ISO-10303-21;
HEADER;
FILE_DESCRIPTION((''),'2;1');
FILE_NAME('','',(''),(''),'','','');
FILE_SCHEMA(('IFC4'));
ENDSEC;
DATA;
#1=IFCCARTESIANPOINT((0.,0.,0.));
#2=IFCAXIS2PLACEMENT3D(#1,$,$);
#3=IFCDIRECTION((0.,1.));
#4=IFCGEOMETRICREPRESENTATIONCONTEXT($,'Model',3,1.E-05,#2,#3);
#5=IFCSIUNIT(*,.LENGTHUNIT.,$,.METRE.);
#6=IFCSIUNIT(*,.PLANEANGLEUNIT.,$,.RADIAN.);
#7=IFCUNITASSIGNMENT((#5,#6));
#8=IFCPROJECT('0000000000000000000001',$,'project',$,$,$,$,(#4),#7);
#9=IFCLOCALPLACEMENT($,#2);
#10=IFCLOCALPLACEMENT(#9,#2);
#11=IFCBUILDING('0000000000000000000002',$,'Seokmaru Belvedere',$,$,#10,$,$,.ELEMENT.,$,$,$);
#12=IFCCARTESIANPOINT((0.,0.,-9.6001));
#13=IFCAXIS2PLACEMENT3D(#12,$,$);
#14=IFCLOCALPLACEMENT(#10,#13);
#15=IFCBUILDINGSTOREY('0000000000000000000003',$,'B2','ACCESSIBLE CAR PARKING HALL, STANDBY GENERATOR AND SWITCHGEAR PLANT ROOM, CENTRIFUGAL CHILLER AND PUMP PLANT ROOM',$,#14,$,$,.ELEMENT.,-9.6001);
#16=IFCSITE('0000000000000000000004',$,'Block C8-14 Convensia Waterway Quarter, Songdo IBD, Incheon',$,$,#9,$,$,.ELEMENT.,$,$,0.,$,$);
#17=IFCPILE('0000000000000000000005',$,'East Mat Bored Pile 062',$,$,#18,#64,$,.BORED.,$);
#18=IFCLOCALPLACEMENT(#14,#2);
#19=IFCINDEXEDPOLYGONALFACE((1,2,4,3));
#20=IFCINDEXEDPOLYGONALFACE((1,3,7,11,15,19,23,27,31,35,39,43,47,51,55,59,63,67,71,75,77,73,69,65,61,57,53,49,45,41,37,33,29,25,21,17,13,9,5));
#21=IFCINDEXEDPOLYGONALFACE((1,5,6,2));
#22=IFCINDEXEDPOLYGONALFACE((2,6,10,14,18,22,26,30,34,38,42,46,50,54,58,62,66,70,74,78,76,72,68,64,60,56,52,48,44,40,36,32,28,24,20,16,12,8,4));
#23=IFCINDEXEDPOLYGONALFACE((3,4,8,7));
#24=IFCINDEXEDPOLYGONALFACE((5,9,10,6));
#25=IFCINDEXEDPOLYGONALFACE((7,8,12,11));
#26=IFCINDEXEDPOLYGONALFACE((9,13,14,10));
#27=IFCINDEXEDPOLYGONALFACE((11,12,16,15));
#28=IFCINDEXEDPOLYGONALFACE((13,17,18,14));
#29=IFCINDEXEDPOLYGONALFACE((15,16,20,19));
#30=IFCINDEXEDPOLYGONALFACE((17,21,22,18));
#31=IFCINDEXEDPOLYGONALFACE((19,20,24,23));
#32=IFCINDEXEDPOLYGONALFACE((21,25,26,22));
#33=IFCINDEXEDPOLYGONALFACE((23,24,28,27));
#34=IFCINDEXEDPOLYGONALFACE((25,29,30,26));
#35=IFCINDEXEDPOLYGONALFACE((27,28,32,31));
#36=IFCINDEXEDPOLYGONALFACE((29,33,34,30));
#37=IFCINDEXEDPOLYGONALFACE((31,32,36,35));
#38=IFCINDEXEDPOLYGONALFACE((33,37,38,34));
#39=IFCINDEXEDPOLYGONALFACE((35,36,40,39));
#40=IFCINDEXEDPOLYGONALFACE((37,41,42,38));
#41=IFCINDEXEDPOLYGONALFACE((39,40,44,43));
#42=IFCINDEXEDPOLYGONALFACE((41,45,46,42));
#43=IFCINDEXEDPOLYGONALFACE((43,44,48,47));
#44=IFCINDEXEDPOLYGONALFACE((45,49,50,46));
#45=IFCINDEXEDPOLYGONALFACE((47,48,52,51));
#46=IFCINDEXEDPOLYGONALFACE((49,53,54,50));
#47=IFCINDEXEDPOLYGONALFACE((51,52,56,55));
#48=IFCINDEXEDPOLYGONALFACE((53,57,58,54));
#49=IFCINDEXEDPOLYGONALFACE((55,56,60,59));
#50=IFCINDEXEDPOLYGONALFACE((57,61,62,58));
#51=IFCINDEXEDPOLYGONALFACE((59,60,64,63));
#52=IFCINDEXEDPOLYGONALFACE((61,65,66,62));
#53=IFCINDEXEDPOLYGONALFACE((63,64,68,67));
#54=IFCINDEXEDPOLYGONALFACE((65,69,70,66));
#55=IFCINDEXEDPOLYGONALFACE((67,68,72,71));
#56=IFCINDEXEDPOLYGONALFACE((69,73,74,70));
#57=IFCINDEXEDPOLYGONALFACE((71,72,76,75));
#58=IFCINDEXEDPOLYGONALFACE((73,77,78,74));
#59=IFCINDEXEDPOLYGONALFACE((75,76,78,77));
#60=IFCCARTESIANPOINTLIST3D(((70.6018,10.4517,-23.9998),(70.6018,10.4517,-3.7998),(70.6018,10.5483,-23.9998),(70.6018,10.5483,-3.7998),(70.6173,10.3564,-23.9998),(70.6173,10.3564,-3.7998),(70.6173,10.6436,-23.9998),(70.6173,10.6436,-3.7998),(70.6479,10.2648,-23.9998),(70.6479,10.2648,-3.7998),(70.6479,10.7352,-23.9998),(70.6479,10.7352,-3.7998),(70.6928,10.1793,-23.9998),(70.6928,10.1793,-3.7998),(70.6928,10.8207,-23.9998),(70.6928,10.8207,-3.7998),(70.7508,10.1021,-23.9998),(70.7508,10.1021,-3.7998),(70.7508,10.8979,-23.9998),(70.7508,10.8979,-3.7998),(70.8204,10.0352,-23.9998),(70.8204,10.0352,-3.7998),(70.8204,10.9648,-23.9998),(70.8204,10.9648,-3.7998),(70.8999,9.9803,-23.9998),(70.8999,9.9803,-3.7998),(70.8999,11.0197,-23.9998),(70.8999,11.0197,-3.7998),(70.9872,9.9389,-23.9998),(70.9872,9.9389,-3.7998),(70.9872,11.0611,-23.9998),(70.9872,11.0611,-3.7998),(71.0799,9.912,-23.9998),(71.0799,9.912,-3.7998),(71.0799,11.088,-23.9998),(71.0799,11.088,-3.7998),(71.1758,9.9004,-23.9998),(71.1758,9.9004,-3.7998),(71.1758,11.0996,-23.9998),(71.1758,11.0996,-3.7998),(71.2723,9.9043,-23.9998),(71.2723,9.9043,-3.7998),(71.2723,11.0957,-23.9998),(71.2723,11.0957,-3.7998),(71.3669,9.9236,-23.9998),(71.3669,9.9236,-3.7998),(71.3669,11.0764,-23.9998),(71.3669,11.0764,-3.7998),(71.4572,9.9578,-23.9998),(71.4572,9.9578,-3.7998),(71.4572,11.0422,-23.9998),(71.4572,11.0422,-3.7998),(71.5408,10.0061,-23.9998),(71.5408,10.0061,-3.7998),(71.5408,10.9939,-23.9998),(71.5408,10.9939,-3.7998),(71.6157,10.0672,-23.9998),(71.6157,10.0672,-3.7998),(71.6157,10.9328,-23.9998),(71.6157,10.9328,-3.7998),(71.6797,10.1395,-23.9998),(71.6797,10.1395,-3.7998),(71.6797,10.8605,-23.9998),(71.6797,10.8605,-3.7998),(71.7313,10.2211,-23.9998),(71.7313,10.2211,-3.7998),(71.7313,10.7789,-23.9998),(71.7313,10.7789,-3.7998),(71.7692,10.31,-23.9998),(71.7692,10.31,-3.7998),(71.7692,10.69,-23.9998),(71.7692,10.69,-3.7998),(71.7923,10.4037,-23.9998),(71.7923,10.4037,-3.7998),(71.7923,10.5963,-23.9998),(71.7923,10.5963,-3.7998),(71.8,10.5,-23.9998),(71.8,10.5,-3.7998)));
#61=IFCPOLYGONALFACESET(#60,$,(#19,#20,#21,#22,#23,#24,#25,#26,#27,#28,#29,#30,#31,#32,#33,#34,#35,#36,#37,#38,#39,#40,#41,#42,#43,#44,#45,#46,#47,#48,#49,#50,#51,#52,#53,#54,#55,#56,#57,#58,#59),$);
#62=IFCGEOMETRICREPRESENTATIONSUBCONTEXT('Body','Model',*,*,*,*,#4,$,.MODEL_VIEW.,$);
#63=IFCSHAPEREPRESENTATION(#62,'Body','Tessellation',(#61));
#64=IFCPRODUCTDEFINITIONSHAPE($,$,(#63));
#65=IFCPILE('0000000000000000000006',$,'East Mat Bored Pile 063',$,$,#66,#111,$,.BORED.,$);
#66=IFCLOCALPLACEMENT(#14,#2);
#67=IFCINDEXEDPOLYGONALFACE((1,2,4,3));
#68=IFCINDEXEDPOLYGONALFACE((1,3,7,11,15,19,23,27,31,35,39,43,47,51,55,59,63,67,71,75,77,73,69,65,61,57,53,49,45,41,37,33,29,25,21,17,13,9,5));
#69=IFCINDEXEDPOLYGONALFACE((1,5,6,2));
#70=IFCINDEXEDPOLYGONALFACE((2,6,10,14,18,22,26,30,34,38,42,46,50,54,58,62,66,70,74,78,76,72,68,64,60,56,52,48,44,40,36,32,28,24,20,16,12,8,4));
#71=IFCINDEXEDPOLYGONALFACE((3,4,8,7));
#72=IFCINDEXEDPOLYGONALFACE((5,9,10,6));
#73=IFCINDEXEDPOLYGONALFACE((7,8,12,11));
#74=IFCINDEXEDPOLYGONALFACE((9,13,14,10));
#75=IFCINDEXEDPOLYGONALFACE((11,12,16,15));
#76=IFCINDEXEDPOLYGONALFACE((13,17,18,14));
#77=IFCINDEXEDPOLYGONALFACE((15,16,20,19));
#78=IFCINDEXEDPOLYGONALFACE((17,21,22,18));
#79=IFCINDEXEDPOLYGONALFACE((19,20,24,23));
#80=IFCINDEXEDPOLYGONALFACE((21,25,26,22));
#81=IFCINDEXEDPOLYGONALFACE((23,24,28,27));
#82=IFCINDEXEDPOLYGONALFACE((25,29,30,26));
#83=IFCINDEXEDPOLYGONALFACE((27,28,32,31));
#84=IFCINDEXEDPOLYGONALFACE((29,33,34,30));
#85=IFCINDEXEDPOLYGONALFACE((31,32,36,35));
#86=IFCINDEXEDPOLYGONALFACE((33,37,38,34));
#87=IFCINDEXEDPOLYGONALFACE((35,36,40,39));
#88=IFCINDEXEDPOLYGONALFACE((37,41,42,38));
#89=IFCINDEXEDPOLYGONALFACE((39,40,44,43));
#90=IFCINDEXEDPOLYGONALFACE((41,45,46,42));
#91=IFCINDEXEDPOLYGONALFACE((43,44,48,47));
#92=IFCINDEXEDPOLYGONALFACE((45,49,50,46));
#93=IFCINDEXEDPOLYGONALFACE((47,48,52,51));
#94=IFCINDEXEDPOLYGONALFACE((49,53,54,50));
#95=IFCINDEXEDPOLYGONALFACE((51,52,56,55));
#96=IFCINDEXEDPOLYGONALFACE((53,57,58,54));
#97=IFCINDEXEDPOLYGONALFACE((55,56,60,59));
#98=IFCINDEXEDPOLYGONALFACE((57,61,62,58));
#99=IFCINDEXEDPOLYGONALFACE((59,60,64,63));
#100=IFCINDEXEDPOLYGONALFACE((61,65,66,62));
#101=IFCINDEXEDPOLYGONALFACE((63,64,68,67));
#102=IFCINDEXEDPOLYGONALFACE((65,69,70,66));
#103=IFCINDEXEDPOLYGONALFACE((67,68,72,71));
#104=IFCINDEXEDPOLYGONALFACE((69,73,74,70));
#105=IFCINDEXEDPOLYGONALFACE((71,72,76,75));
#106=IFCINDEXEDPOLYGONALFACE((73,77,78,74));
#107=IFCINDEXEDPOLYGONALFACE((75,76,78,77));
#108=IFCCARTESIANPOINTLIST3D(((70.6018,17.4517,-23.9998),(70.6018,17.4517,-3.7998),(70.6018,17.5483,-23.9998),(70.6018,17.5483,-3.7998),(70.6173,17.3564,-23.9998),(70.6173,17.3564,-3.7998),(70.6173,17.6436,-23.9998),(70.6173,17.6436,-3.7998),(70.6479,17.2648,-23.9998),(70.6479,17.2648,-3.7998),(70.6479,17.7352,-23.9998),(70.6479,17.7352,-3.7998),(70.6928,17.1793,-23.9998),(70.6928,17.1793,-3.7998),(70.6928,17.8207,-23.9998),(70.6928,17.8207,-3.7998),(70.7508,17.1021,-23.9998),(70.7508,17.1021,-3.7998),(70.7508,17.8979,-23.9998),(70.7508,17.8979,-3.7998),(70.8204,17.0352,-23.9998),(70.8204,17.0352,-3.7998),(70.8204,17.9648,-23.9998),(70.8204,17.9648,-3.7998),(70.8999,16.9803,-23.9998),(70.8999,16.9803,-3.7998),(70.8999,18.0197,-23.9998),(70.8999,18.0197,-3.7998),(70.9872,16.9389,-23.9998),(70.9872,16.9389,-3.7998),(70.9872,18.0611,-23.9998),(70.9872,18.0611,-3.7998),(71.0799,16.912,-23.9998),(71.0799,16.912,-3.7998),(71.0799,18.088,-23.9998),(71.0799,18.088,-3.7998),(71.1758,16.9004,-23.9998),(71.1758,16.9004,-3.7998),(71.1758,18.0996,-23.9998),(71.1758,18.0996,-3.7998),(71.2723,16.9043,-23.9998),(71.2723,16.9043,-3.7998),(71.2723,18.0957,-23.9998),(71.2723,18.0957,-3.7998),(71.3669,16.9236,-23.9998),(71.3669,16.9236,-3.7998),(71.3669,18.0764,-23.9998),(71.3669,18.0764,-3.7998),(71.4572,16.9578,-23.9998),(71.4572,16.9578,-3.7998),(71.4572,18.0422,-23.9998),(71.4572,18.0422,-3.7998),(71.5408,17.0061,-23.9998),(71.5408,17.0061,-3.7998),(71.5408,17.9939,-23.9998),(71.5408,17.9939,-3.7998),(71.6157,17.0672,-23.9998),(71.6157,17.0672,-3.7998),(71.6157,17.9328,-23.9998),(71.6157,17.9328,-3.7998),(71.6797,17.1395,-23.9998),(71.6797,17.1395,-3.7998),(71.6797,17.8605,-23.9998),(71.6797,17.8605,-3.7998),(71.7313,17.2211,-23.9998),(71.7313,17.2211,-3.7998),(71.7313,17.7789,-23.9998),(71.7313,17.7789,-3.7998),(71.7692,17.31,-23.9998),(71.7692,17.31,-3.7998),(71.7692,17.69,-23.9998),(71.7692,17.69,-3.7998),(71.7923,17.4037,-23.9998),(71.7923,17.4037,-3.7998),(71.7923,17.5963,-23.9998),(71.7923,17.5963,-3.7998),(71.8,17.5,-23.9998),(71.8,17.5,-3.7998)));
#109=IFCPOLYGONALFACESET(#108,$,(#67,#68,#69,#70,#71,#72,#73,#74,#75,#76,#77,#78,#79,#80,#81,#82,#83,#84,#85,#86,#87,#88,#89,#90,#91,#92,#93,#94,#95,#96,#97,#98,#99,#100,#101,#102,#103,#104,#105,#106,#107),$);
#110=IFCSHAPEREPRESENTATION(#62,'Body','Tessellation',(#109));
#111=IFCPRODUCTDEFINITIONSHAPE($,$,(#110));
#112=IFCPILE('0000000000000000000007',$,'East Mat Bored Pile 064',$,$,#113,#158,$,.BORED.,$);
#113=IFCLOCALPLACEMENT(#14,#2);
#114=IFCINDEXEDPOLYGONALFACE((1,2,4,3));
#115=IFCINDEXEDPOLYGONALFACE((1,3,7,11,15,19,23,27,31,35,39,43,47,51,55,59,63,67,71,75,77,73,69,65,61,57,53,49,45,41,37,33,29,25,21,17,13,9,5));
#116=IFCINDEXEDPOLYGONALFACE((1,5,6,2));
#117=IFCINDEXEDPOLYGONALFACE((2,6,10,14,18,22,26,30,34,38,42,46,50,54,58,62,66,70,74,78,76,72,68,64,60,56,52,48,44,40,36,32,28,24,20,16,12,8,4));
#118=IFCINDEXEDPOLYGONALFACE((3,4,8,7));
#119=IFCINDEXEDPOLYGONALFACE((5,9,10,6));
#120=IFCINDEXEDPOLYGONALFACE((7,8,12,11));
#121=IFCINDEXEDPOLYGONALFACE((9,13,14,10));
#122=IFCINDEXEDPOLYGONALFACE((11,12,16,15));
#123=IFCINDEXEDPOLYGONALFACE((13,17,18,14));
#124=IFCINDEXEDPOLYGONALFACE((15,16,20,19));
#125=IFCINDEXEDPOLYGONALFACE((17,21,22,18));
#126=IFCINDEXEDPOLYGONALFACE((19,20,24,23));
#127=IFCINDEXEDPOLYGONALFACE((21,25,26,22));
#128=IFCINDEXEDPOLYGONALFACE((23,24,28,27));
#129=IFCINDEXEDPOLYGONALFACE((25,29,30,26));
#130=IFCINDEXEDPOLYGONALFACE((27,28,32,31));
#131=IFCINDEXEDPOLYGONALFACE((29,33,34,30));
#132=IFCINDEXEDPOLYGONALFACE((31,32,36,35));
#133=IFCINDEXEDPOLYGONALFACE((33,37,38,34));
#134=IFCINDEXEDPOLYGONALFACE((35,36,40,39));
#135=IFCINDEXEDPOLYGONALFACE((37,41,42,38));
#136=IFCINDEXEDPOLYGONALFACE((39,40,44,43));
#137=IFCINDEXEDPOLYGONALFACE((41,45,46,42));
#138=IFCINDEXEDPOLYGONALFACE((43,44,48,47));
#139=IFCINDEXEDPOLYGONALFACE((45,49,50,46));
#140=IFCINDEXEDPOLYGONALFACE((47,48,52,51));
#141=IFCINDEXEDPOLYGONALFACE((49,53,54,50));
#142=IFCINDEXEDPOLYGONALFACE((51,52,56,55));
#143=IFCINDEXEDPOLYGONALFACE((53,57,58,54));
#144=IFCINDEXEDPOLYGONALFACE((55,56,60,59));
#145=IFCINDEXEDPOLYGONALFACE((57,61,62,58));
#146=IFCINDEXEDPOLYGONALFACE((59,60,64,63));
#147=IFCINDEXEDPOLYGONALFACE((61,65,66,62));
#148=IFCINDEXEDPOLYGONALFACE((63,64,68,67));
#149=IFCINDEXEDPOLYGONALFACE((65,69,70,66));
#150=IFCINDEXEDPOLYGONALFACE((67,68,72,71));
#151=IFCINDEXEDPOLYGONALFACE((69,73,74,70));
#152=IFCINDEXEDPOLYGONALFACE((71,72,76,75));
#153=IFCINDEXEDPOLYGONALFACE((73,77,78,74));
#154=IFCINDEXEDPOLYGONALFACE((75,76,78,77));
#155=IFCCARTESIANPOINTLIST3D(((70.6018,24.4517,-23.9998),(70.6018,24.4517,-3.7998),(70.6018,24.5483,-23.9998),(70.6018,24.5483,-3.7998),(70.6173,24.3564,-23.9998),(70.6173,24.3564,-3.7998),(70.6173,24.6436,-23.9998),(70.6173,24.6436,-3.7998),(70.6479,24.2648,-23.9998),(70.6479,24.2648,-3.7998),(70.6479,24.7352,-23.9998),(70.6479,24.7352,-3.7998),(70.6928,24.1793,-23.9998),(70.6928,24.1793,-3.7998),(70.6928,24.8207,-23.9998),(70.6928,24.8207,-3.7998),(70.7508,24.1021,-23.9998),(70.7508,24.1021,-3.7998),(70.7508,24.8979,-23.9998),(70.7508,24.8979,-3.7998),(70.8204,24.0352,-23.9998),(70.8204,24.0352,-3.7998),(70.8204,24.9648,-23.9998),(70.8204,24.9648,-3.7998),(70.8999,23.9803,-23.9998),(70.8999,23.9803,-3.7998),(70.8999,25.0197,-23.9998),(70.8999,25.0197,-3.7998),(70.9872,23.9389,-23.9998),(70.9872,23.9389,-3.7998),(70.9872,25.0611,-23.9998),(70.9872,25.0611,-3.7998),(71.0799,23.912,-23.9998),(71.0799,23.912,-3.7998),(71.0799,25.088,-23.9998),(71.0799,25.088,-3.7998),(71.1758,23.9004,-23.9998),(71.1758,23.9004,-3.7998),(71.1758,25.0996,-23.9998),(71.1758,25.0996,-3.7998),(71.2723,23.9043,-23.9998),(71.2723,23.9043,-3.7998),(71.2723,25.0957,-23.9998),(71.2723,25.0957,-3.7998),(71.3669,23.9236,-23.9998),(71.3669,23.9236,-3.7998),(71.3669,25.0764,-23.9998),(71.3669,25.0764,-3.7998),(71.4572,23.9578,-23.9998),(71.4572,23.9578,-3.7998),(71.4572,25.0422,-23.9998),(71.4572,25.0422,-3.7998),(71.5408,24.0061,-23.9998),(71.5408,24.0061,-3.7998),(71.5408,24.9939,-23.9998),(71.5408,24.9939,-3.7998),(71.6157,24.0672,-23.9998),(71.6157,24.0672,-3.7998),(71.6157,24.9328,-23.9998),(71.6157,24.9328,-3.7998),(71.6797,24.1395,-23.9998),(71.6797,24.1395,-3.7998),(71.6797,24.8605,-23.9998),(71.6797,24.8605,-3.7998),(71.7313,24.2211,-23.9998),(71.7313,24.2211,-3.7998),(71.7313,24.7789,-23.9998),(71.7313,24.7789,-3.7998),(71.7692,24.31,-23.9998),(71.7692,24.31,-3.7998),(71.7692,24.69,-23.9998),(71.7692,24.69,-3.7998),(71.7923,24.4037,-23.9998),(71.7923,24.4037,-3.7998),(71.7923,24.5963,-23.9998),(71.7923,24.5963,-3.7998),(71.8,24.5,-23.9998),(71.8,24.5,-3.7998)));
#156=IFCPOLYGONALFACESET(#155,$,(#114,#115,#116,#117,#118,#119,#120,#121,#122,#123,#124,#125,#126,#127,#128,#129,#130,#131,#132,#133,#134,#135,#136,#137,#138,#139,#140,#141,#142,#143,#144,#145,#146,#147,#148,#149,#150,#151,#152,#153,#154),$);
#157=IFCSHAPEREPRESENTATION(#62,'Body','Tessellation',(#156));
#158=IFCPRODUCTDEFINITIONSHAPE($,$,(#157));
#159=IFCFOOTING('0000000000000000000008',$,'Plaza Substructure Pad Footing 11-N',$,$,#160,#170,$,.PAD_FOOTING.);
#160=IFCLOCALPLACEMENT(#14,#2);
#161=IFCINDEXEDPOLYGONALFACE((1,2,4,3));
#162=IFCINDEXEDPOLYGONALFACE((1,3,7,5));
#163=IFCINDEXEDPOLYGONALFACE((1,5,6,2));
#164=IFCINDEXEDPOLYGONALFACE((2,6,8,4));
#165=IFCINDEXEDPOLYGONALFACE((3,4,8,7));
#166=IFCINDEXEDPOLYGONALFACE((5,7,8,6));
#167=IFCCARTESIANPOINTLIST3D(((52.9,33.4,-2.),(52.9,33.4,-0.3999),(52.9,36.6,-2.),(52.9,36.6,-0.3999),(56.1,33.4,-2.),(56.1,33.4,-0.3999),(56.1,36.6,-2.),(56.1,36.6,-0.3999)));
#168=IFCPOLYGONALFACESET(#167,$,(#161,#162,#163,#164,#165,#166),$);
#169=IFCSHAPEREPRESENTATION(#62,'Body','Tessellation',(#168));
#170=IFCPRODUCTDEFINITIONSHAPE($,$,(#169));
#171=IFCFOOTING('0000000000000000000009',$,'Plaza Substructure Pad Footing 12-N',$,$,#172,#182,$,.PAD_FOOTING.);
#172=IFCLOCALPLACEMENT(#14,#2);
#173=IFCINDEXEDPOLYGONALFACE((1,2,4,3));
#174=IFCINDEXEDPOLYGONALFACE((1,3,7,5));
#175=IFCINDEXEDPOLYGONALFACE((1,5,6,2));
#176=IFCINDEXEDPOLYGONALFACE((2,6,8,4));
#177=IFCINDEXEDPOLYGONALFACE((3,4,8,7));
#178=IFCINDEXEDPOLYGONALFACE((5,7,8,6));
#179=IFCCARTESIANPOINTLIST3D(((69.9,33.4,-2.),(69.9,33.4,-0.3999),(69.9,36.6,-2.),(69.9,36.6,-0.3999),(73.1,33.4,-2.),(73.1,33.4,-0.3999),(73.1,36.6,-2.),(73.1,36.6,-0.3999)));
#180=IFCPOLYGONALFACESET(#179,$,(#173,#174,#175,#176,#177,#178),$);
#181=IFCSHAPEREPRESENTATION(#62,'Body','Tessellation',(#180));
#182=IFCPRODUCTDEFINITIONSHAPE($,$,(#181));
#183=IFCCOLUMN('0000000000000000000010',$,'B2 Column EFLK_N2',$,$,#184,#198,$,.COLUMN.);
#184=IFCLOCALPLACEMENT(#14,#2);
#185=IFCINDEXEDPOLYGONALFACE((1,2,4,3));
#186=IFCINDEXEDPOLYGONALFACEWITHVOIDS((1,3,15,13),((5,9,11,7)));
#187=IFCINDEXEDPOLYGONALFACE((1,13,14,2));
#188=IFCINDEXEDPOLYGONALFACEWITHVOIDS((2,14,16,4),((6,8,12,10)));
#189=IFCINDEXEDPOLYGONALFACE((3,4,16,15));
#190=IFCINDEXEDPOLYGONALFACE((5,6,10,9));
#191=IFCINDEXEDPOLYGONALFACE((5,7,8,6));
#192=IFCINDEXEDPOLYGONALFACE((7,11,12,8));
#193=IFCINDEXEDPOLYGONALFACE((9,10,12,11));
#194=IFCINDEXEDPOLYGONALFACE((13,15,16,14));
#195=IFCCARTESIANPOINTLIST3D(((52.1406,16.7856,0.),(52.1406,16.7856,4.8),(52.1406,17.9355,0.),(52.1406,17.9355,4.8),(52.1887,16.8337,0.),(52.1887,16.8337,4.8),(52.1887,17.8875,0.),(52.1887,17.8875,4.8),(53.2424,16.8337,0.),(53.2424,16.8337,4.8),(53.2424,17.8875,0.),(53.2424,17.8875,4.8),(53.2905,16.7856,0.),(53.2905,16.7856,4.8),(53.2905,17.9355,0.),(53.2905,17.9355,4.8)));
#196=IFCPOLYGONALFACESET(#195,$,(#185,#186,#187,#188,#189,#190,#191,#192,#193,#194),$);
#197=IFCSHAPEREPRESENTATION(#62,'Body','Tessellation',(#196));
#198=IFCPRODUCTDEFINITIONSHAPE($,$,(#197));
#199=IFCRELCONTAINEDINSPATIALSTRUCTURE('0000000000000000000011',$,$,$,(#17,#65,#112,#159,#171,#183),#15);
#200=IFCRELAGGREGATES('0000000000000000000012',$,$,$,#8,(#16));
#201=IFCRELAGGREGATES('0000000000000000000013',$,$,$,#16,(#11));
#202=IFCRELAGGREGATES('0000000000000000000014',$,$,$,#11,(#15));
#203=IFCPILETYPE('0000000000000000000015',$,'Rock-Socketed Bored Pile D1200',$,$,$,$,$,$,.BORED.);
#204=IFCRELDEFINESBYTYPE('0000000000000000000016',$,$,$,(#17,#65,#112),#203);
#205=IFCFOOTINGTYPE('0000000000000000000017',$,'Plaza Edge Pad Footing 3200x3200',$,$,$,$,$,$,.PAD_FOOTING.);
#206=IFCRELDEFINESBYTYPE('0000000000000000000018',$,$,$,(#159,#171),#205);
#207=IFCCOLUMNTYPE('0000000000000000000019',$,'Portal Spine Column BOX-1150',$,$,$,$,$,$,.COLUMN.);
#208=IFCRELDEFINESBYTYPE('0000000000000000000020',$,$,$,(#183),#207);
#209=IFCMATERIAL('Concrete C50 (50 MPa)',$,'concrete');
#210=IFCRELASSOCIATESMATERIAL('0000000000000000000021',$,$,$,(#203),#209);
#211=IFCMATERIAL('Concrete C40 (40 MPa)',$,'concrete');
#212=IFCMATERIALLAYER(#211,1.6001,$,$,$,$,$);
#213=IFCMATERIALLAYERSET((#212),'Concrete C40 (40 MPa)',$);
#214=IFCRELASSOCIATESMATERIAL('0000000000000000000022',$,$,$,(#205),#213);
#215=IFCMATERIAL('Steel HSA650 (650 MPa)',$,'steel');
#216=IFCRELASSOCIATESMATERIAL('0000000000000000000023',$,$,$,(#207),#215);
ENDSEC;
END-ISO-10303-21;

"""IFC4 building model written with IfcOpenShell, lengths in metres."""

from ifc_helpers import new_model, si_unit, direction, frame, origin, origin_2d, place, context, subcontext, project, spatial, rectangle, hollow_rectangle, circle, extrude, source, transform, mapped, material, layer, layer_set, material_profile, profile_set, type_object, type_shapes, element, save


model = new_model("IFC4")

# Units and contexts
model_context = context("Model", 3, precision=1e-05, world=origin(), true_north=direction((0.0, 1.0)))
body_context = subcontext(model_context, "Body", "Model", "MODEL_VIEW")
ifc_project = project(units=[si_unit("LENGTHUNIT", "METRE"), si_unit("PLANEANGLEUNIT", "RADIAN")], contexts=[model_context])

# Site, building, storey
site_placement = place(None, origin())
site = spatial("IfcSite", under=ifc_project, at=site_placement, Name="Block C8-14 Convensia Waterway Quarter, Songdo IBD, Incheon", CompositionType="ELEMENT", RefElevation=0.0)
building_placement = place(site_placement, origin())
building = spatial("IfcBuilding", under=site, at=building_placement, Name="Seokmaru Belvedere", CompositionType="ELEMENT")
storey_placement = place(building_placement, frame((0.0, 0.0, -9.6001)))
storey = spatial("IfcBuildingStorey", under=building, at=storey_placement, Name="B2", Description="ACCESSIBLE CAR PARKING HALL, STANDBY GENERATOR AND SWITCHGEAR PLANT ROOM, CENTRIFUGAL CHILLER AND PUMP PLANT ROOM", CompositionType="ELEMENT", Elevation=-9.6001)

# Piles
ifc_material_1 = material(Name="Concrete C50 (50 MPa)", Category="concrete")
ifc_material_profile_1 = material_profile(ifc_material_1, circle(Radius=0.6001, at=origin_2d()), Name="PILE-D1200")
ifc_profile_set_1 = profile_set([ifc_material_profile_1], Name="Concrete C50 (50 MPa)")
pile_type_1 = type_object("IfcPileType", Name="Rock-Socketed Bored Pile D1200", PredefinedType="BORED", material=ifc_profile_set_1)
shared_shape_1 = source(origin(), body_context, "Body", "SweptSolid", [
    extrude(circle(Radius=0.6001, at=origin_2d()), origin(), (0.0, 0.0, 1.0), 20.2),
])
type_shapes(pile_type_1, [shared_shape_1])
for number, where, z_axis, x_axis, name in (
    (1, (71.2, 10.5, -3.7998), (0.0, 0.0, -1.0), (1.0, 0.0, 0.0), "East Mat Bored Pile 062"),
    (2, (71.2, 17.5, -3.7998), (0.0, 0.0, -1.0), (1.0, 0.0, 0.0), "East Mat Bored Pile 063"),
    (3, (71.2, 24.5, -3.7998), (0.0, 0.0, -1.0), (1.0, 0.0, 0.0), "East Mat Bored Pile 064"),
):
    element("IfcPile", number, at=place(storey_placement, frame(where, z_axis=z_axis, x_axis=x_axis)), inside=storey, type_object=pile_type_1, Name=name, PredefinedType="BORED", context=body_context, shape_type="MappedRepresentation", body=[
        mapped(shared_shape_1, transform((0.0, 0.0, 0.0), scale=1.0)),
    ])

# Footings
ifc_material_2 = material(Name="Concrete C40 (40 MPa)", Category="concrete")
ifc_layer_1 = layer(ifc_material_2, 1.6001)
ifc_layer_set_1 = layer_set([ifc_layer_1], Name="Concrete C40 (40 MPa)")
footing_type = type_object("IfcFootingType", Name="Plaza Edge Pad Footing 3200x3200", PredefinedType="PAD_FOOTING", material=ifc_layer_set_1)
shared_shape_2 = source(origin(), body_context, "Body", "SweptSolid", [
    extrude(rectangle(XDim=3.2, YDim=3.2, at=origin_2d()), origin(), (0.0, 0.0, 1.0), 1.6001),
])
type_shapes(footing_type, [shared_shape_2])
for number, where, z_axis, x_axis, name in (
    (4, (54.5, 35.0, -2.0), (0.0, 0.0, 1.0), (1.0, 0.0, 0.0), "Plaza Substructure Pad Footing 11-N"),
    (5, (71.5, 35.0, -2.0), (0.0, 0.0, 1.0), (1.0, 0.0, 0.0), "Plaza Substructure Pad Footing 12-N"),
):
    element("IfcFooting", number, at=place(storey_placement, frame(where, z_axis=z_axis, x_axis=x_axis)), inside=storey, type_object=footing_type, Name=name, PredefinedType="PAD_FOOTING", context=body_context, shape_type="MappedRepresentation", body=[
        mapped(shared_shape_2, transform((0.0, 0.0, 0.0), scale=1.0)),
    ])

# Column
ifc_material_3 = material(Name="Steel HSA650 (650 MPa)", Category="steel")
ifc_material_profile_2 = material_profile(ifc_material_3, hollow_rectangle(XDim=1.1499, YDim=1.1499, WallThickness=0.0481, at=origin_2d()), Name="BOX-1150x1150x48")
ifc_profile_set_2 = profile_set([ifc_material_profile_2], Name="Steel HSA650 (650 MPa)")
column_type_1 = type_object("IfcColumnType", Name="Portal Spine Column BOX-1150", PredefinedType="COLUMN", material=ifc_profile_set_2)
shared_shape_3 = source(origin(), body_context, "Body", "SweptSolid", [
    extrude(hollow_rectangle(XDim=1.1499, YDim=1.1499, WallThickness=0.0481, at=origin_2d()), origin(), (0.0, 0.0, 1.0), 4.8),
])
type_shapes(column_type_1, [shared_shape_3])
column_1_placement = place(storey_placement, frame((52.7156, 17.3606, 0.0), z_axis=(0.0, 0.0, 1.0), x_axis=(1.0, 0.0, 0.0)))
element("IfcColumn", 6, at=column_1_placement, inside=storey, type_object=column_type_1, Name="B2 Column EFLK_N2", PredefinedType="COLUMN", context=body_context, shape_type="MappedRepresentation", body=[
    mapped(shared_shape_3, transform((0.0, 0.0, 0.0), scale=1.0)),
])

save(model, "model.ifc")
